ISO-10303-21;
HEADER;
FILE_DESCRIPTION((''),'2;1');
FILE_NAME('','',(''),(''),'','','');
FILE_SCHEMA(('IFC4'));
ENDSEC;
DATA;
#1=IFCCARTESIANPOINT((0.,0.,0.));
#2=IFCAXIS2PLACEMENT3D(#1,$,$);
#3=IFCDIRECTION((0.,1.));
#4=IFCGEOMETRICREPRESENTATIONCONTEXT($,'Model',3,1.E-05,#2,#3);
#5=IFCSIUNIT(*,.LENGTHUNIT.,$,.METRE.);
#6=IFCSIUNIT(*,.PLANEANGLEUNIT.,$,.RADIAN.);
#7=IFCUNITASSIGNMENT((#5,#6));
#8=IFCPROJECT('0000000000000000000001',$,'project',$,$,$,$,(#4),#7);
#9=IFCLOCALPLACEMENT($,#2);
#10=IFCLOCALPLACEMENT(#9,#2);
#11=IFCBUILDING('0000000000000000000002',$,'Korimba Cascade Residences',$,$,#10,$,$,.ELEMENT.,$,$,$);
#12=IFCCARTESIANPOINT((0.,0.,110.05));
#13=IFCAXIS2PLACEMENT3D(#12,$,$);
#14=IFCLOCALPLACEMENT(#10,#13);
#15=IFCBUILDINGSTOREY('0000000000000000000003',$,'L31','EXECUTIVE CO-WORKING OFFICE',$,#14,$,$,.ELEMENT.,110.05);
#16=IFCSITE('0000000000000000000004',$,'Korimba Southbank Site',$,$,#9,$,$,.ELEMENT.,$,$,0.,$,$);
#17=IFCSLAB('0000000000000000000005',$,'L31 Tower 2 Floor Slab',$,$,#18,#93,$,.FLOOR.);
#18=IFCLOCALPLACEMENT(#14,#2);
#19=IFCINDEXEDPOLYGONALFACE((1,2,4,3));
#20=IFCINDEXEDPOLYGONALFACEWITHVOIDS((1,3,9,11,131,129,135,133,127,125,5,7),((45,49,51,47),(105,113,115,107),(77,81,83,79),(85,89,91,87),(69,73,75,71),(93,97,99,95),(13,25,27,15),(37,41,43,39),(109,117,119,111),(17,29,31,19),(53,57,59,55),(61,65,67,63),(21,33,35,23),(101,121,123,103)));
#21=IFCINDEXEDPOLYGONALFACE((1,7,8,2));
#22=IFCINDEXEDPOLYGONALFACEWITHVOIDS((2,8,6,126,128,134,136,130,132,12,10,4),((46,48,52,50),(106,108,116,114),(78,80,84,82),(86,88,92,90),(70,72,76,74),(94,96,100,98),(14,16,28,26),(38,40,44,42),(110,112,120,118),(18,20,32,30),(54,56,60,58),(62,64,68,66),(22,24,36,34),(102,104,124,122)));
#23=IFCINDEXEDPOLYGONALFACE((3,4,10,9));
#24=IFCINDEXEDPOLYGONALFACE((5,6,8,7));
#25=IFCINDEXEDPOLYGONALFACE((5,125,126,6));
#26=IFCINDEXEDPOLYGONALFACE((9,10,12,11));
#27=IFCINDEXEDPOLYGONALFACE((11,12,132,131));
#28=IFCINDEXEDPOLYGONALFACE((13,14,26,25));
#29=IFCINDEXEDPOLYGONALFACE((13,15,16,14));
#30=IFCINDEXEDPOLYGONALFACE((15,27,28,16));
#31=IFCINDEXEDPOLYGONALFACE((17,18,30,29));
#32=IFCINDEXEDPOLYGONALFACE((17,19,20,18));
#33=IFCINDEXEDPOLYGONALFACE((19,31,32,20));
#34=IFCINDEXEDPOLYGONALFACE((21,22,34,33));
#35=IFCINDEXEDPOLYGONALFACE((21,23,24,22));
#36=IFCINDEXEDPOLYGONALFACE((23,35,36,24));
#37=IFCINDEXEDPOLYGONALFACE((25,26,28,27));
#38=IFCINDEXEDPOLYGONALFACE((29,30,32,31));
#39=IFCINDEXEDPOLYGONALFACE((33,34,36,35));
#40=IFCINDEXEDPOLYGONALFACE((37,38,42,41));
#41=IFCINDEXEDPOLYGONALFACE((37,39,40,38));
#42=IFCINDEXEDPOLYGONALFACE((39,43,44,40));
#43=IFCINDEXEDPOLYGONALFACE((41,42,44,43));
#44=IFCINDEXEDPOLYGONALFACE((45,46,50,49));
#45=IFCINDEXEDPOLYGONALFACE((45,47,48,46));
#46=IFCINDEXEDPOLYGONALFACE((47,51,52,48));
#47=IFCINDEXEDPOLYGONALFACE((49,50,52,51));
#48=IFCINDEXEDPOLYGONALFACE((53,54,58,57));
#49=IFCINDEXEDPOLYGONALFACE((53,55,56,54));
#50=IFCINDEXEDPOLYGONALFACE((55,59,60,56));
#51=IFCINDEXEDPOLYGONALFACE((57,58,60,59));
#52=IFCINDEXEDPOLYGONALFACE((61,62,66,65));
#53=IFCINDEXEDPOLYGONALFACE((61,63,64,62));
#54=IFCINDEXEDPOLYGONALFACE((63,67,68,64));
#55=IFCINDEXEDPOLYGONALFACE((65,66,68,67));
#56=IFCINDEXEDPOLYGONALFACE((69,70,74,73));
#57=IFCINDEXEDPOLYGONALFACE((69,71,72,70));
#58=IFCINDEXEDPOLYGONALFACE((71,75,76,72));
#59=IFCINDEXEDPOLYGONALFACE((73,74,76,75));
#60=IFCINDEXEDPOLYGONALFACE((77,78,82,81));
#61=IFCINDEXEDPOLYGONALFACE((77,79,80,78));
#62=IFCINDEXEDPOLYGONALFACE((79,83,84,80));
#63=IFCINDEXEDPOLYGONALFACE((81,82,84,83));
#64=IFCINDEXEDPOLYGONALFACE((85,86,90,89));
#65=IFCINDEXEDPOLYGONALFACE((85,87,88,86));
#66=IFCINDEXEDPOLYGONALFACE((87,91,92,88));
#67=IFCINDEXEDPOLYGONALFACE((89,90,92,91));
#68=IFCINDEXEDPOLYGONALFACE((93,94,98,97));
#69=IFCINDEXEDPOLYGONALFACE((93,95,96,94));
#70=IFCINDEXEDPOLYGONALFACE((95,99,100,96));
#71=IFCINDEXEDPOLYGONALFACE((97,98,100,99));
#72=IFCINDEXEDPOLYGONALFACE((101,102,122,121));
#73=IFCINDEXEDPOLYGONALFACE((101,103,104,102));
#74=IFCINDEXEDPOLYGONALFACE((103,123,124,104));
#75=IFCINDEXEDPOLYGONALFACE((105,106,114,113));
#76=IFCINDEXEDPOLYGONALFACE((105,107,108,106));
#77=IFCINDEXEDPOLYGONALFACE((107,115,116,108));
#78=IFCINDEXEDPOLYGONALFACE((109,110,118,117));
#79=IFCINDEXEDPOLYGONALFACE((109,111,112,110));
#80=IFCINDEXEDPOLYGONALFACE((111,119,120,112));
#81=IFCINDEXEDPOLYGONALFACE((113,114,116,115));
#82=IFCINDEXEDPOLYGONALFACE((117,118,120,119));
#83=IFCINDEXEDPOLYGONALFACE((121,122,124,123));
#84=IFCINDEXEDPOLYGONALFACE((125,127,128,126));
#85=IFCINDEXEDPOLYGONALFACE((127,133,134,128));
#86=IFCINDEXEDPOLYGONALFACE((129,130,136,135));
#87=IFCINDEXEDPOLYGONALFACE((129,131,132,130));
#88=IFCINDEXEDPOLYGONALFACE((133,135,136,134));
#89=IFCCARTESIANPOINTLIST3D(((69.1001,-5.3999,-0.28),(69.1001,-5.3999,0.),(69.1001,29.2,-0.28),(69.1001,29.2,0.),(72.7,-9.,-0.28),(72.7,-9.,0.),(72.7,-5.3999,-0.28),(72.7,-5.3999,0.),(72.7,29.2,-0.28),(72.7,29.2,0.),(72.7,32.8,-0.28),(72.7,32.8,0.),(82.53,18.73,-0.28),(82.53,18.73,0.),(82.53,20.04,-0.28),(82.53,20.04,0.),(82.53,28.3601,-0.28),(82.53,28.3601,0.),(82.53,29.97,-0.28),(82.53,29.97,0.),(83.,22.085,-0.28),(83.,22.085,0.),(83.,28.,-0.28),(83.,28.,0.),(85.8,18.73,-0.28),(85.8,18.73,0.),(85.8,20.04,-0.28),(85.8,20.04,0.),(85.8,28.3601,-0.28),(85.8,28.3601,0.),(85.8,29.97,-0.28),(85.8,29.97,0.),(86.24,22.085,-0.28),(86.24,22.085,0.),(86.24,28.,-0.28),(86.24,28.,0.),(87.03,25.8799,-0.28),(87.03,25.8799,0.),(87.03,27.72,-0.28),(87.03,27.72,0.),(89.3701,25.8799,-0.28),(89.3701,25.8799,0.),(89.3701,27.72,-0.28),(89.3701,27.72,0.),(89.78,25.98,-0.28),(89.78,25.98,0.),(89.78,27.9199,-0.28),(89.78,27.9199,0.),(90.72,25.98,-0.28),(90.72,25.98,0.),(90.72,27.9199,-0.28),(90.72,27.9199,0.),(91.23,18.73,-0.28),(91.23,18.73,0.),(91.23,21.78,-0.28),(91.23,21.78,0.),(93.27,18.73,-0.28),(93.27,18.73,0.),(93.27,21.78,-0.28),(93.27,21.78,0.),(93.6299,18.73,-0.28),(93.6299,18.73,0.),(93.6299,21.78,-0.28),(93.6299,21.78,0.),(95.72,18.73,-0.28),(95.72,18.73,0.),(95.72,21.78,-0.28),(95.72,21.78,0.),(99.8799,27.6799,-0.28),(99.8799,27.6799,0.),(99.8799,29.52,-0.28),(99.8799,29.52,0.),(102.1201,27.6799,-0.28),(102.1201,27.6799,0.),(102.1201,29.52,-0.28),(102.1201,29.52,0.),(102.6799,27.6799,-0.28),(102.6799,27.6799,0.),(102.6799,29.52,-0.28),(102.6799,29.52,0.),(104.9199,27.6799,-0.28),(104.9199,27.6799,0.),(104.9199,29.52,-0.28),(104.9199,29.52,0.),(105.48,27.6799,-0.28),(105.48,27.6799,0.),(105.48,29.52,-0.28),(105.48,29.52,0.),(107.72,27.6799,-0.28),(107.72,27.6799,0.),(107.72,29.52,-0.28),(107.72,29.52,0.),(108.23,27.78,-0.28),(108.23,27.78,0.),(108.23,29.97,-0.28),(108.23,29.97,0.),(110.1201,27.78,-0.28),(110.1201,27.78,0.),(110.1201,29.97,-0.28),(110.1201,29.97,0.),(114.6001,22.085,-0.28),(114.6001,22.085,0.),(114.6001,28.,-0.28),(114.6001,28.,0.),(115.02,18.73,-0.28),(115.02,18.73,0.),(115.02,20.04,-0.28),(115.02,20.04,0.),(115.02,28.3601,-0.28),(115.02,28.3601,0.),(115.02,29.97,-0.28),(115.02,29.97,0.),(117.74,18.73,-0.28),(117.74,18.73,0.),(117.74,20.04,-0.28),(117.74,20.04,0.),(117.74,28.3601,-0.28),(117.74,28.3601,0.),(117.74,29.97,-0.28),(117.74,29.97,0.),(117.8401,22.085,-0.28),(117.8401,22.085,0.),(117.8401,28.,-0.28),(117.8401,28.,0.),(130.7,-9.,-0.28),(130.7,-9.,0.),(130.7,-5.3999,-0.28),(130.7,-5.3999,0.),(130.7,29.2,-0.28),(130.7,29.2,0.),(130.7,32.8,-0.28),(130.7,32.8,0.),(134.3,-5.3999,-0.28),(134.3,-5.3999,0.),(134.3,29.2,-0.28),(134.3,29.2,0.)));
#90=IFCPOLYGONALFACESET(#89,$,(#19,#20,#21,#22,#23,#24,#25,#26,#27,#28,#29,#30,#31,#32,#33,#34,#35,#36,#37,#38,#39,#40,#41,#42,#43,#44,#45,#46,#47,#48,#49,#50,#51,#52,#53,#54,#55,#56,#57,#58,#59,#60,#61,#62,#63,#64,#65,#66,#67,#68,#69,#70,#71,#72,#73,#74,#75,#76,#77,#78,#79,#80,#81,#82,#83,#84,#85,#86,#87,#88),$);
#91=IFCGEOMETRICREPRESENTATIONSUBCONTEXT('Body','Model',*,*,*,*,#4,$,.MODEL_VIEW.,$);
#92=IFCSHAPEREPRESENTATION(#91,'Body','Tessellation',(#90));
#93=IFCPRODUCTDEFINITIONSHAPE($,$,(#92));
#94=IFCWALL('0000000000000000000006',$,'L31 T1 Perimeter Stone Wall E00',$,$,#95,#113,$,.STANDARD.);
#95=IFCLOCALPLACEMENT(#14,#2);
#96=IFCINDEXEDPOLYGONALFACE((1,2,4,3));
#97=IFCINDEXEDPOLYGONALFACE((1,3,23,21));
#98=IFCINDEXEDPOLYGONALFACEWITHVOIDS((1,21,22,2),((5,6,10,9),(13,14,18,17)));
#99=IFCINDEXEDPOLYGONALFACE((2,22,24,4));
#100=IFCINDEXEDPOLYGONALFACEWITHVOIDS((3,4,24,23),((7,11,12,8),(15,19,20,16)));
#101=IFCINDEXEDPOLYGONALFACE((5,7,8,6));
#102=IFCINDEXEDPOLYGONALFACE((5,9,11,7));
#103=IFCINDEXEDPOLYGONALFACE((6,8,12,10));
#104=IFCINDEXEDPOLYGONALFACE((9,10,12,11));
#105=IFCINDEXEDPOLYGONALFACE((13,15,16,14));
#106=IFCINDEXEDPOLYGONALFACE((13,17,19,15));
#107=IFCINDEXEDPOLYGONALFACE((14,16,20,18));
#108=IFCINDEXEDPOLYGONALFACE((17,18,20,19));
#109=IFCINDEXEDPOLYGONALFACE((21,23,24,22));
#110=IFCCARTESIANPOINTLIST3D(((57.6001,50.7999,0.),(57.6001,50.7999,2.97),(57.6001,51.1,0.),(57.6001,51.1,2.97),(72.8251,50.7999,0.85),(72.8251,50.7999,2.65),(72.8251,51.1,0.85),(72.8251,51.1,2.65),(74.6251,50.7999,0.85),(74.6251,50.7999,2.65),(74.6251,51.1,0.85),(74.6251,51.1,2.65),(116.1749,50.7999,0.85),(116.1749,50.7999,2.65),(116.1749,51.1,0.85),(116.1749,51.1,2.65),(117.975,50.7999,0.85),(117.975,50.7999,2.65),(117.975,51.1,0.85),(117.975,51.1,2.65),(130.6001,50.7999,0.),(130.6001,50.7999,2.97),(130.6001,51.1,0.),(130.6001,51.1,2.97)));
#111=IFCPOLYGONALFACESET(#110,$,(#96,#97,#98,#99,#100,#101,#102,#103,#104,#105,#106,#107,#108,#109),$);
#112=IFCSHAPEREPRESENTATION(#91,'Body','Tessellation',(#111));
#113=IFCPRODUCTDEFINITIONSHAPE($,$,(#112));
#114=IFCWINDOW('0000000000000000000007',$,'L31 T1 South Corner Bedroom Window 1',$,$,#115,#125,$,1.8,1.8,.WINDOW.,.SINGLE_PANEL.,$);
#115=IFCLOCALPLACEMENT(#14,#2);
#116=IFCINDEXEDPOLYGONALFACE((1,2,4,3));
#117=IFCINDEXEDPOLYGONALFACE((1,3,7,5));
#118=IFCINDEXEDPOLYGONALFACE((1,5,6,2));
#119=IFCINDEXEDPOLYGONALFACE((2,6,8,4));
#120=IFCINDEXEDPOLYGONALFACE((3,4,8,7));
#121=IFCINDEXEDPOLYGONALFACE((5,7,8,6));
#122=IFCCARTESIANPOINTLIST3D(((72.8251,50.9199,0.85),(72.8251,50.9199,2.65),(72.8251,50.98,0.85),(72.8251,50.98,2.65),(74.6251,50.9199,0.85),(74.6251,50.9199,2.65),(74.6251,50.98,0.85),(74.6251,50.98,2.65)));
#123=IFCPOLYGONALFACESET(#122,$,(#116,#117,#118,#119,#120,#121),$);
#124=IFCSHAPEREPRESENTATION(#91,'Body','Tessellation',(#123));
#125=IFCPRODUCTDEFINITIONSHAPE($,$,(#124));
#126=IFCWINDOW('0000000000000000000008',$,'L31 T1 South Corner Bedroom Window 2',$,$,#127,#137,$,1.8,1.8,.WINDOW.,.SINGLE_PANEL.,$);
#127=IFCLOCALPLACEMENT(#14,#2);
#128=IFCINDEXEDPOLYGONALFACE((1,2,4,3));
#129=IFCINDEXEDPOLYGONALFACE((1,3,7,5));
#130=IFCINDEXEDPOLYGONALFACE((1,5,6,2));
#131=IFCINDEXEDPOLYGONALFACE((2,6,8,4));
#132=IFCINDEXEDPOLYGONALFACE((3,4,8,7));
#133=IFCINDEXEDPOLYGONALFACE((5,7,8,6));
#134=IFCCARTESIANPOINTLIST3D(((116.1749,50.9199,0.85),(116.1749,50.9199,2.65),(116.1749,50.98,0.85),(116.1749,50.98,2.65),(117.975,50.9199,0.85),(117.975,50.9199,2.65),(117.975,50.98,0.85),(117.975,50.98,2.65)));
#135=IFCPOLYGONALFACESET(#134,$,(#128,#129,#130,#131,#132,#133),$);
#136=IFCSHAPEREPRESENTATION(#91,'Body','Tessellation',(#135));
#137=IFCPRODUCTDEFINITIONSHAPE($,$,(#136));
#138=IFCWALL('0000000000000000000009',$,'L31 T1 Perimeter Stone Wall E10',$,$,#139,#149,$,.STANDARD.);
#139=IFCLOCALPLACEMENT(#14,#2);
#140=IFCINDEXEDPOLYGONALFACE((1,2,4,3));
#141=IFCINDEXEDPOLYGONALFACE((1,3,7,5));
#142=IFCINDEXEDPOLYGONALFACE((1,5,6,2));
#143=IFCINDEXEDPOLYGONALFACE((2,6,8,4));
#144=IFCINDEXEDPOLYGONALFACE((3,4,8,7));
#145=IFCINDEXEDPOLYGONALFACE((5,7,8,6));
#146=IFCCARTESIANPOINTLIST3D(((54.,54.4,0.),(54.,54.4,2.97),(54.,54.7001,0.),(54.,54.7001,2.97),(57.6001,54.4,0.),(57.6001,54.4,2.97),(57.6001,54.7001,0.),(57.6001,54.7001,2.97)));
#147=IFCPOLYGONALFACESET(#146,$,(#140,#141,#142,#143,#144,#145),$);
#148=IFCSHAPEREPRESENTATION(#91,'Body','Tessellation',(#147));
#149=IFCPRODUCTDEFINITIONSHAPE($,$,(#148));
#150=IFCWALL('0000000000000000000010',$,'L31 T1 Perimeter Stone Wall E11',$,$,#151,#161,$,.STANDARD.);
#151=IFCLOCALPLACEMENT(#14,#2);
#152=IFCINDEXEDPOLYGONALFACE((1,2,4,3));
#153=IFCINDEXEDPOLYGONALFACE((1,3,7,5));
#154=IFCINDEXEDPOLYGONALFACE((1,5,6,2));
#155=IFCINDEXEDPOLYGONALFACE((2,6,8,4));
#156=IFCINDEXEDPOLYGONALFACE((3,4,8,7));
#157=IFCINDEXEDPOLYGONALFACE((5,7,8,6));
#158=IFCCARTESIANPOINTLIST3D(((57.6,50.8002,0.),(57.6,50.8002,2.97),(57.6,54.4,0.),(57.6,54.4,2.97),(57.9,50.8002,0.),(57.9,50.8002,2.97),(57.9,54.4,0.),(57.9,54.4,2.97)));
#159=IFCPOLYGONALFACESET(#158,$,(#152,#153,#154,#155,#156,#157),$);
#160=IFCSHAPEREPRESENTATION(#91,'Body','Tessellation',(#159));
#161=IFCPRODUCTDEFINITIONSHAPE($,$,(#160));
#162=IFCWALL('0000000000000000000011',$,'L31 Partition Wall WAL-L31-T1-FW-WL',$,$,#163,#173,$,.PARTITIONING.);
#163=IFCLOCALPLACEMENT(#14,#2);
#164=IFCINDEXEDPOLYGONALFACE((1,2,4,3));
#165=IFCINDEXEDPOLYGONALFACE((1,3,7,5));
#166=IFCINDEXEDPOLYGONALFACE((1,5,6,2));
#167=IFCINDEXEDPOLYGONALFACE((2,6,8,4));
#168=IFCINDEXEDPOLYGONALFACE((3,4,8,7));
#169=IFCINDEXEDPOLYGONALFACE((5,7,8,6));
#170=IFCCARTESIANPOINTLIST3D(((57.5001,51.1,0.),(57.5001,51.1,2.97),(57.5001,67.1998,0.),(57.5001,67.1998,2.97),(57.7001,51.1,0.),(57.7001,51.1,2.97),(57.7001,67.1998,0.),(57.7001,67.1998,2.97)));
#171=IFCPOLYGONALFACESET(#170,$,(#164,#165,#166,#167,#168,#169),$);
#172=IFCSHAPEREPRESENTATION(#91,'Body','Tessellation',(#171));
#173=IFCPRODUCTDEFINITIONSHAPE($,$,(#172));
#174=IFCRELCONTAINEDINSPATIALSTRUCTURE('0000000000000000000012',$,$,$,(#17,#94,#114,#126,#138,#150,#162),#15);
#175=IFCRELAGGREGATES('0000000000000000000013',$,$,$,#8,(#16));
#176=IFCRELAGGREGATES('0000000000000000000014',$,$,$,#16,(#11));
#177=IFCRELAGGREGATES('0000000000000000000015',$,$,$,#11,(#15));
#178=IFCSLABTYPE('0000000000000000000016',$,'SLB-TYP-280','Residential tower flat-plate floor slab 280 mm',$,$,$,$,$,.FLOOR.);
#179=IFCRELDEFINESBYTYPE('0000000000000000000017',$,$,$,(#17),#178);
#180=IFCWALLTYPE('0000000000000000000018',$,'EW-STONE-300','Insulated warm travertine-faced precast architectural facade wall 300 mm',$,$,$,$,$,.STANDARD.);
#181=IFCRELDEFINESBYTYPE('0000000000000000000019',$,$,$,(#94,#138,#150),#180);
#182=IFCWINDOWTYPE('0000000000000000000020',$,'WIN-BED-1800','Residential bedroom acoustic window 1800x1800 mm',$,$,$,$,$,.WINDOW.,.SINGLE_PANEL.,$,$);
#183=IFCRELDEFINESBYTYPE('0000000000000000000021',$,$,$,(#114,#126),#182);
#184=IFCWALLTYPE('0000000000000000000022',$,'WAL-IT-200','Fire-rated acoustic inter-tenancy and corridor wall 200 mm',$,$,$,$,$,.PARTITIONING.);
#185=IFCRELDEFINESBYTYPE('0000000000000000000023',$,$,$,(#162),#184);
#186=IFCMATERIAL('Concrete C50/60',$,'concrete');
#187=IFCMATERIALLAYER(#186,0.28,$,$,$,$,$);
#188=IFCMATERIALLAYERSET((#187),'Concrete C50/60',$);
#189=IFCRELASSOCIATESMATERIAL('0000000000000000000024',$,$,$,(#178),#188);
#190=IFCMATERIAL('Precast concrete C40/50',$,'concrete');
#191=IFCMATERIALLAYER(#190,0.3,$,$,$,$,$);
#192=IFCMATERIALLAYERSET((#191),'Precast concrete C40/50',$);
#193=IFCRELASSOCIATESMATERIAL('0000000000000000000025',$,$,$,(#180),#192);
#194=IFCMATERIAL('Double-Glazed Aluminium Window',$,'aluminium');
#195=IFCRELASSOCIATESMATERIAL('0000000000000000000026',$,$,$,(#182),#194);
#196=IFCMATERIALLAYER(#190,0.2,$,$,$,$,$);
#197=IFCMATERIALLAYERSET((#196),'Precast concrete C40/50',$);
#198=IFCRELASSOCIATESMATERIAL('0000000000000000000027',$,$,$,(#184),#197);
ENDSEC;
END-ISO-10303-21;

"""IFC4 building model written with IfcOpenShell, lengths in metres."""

from ifc_helpers import new_model, si_unit, direction, frame, frame_2d, origin, place, context, subcontext, project, spatial, polyline, rectangle, outline, extrude, material, layer, layer_set, type_object, element, fill, save


model = new_model("IFC4")

# Units and contexts
model_context = context("Model", 3, precision=1e-05, world=origin(), true_north=direction((0.0, 1.0)))
body_context = subcontext(model_context, "Body", "Model", "MODEL_VIEW")
ifc_project = project(units=[si_unit("LENGTHUNIT", "METRE"), si_unit("PLANEANGLEUNIT", "RADIAN")], contexts=[model_context])

# Site, building, storey
site_placement = place(None, origin())
site = spatial("IfcSite", under=ifc_project, at=site_placement, Name="Korimba Southbank Site", CompositionType="ELEMENT", RefElevation=0.0)
building_placement = place(site_placement, origin())
building = spatial("IfcBuilding", under=site, at=building_placement, Name="Korimba Cascade Residences", CompositionType="ELEMENT")
storey_placement = place(building_placement, frame((0.0, 0.0, 110.05)))
storey = spatial("IfcBuildingStorey", under=building, at=storey_placement, Name="L31", Description="EXECUTIVE CO-WORKING OFFICE", CompositionType="ELEMENT", Elevation=110.05)

# Shared definitions
ifc_material_1 = material(Name="Concrete C50/60", Category="concrete")

# Slab
ifc_material_2 = material(Name="Precast concrete C40/50", Category="concrete")
ifc_layer_1 = layer(ifc_material_1, 0.28)
ifc_layer_set_1 = layer_set([ifc_layer_1], Name="Concrete C50/60")
slab_type_1 = type_object("IfcSlabType", Name="SLB-TYP-280", Description="Residential tower flat-plate floor slab 280 mm", PredefinedType="FLOOR", material=ifc_layer_set_1)
slab_1_placement = place(storey_placement, frame((0.0, 0.0, -0.28)))
element("IfcSlab", 1, at=slab_1_placement, inside=storey, type_object=slab_type_1, Name="L31 Tower 2 Floor Slab", PredefinedType="FLOOR", context=body_context, shape_type="SweptSolid", body=[
    extrude(outline(polyline([(72.7, -9.0), (130.7, -9.0), (130.7, -5.3999), (134.3, -5.3999), (134.3, 29.2), (130.7, 29.2), (130.7, 32.8), (72.7, 32.8), (72.7, 29.2), (69.1001, 29.2), (69.1001, -5.3999), (72.7, -5.3999), (72.7, -9.0)]), holes=[polyline([(86.24, 22.085), (86.24, 28.0), (83.0, 28.0), (83.0, 22.085), (86.24, 22.085)]), polyline([(117.8401, 22.085), (117.8401, 28.0), (114.6001, 28.0), (114.6001, 22.085), (117.8401, 22.085)]), polyline([(87.03, 25.8799), (89.3701, 25.8799), (89.3701, 27.72), (87.03, 27.72), (87.03, 25.8799)]), polyline([(99.8799, 27.6799), (102.1201, 27.6799), (102.1201, 29.52), (99.8799, 29.52), (99.8799, 27.6799)]), polyline([(102.6799, 27.6799), (104.9199, 27.6799), (104.9199, 29.52), (102.6799, 29.52), (102.6799, 27.6799)]), polyline([(105.48, 27.6799), (107.72, 27.6799), (107.72, 29.52), (105.48, 29.52), (105.48, 27.6799)]), polyline([(89.78, 25.98), (90.72, 25.98), (90.72, 27.9199), (89.78, 27.9199), (89.78, 25.98)]), polyline([(82.53, 18.73), (85.8, 18.73), (85.8, 20.04), (82.53, 20.04), (82.53, 18.73)]), polyline([(82.53, 28.3601), (85.8, 28.3601), (85.8, 29.97), (82.53, 29.97), (82.53, 28.3601)]), polyline([(108.23, 27.78), (110.1201, 27.78), (110.1201, 29.97), (108.23, 29.97), (108.23, 27.78)]), polyline([(91.23, 18.73), (93.27, 18.73), (93.27, 21.78), (91.23, 21.78), (91.23, 18.73)]), polyline([(93.6299, 18.73), (95.72, 18.73), (95.72, 21.78), (93.6299, 21.78), (93.6299, 18.73)]), polyline([(115.02, 18.73), (117.74, 18.73), (117.74, 20.04), (115.02, 20.04), (115.02, 18.73)]), polyline([(115.02, 28.3601), (117.74, 28.3601), (117.74, 29.97), (115.02, 29.97), (115.02, 28.3601)])]), origin(), (0.0, 0.0, 1.0), 0.28),
])

# Wall, openings, windows
ifc_layer_2 = layer(ifc_material_2, 0.3)
ifc_layer_set_2 = layer_set([ifc_layer_2], Name="Precast concrete C40/50")
wall_type_1 = type_object("IfcWallType", Name="EW-STONE-300", Description="Insulated warm travertine-faced precast architectural facade wall 300 mm", PredefinedType="STANDARD", material=ifc_layer_set_2)
wall_1_placement = place(storey_placement, frame((57.6001, 50.95, 0.0), z_axis=(0.0, 0.0, 1.0), x_axis=(1.0, 0.0, 0.0)))
wall_1 = element("IfcWall", 2, at=wall_1_placement, inside=storey, type_object=wall_type_1, Name="L31 T1 Perimeter Stone Wall E00", PredefinedType="STANDARD", context=body_context, shape_type="SweptSolid", body=[
    extrude(rectangle(XDim=73.0, YDim=0.3, at=frame_2d((36.5, 0.0))), origin(), (0.0, 0.0, 1.0), 2.97),
])
opening_1_placement = place(wall_1_placement, frame((15.2251, 0.0, 0.8501)))
opening_1 = element("IfcOpeningElement", 3, at=opening_1_placement, cuts=wall_1, PredefinedType="OPENING", context=body_context, shape_type="SweptSolid", body=[
    extrude(rectangle(XDim=1.8, YDim=1.8, at=frame_2d((0.8999, 0.8999))), frame((0.0, 0.1602, 0.0), z_axis=(0.0, -1.0, 0.0), x_axis=(1.0, 0.0, 0.0)), (0.0, 0.0, 1.0), 0.3201),
])
opening_2_placement = place(wall_1_placement, frame((58.575, 0.0, 0.8501)))
opening_2 = element("IfcOpeningElement", 4, at=opening_2_placement, cuts=wall_1, PredefinedType="OPENING", context=body_context, shape_type="SweptSolid", body=[
    extrude(rectangle(XDim=1.8, YDim=1.8, at=frame_2d((0.8999, 0.8999))), frame((0.0, 0.1602, 0.0), z_axis=(0.0, -1.0, 0.0), x_axis=(1.0, 0.0, 0.0)), (0.0, 0.0, 1.0), 0.3201),
])
ifc_material_3 = material(Name="Double-Glazed Aluminium Window", Category="aluminium")
window_type = type_object("IfcWindowType", Name="WIN-BED-1800", Description="Residential bedroom acoustic window 1800x1800 mm", PartitioningType="SINGLE_PANEL", PredefinedType="WINDOW", material=ifc_material_3)
window_1_placement = place(opening_1_placement, origin())
window_1 = element("IfcWindow", 5, at=window_1_placement, inside=storey, type_object=window_type, Name="L31 T1 South Corner Bedroom Window 1", OverallHeight=1.8, OverallWidth=1.8, PartitioningType="SINGLE_PANEL", PredefinedType="WINDOW", context=body_context, shape_type="SweptSolid", body=[
    extrude(rectangle(XDim=1.8, YDim=1.8, at=frame_2d((0.8999, 0.8999))), frame((0.0, 0.03, 0.0), z_axis=(0.0, -1.0, 0.0), x_axis=(1.0, 0.0, 0.0)), (0.0, 0.0, 1.0), 0.0601),
])
fill(opening_1, window_1)
window_2_placement = place(opening_2_placement, origin())
window_2 = element("IfcWindow", 6, at=window_2_placement, inside=storey, type_object=window_type, Name="L31 T1 South Corner Bedroom Window 2", OverallHeight=1.8, OverallWidth=1.8, PartitioningType="SINGLE_PANEL", PredefinedType="WINDOW", context=body_context, shape_type="SweptSolid", body=[
    extrude(rectangle(XDim=1.8, YDim=1.8, at=frame_2d((0.8999, 0.8999))), frame((0.0, 0.03, 0.0), z_axis=(0.0, -1.0, 0.0), x_axis=(1.0, 0.0, 0.0)), (0.0, 0.0, 1.0), 0.0601),
])
fill(opening_2, window_2)

# Walls
wall_2_placement = place(storey_placement, frame((54.0, 54.55, 0.0), z_axis=(0.0, 0.0, 1.0), x_axis=(1.0, 0.0, 0.0)))
element("IfcWall", 7, at=wall_2_placement, inside=storey, type_object=wall_type_1, Name="L31 T1 Perimeter Stone Wall E10", PredefinedType="STANDARD", context=body_context, shape_type="SweptSolid", body=[
    extrude(rectangle(XDim=3.6001, YDim=0.3, at=frame_2d((1.8, 0.0))), origin(), (0.0, 0.0, 1.0), 2.97),
])
wall_3_placement = place(storey_placement, frame((57.75, 54.3999, 0.0), z_axis=(0.0, 0.0, 1.0), x_axis=(0.0, -1.0, 0.0)))
element("IfcWall", 8, at=wall_3_placement, inside=storey, type_object=wall_type_1, Name="L31 T1 Perimeter Stone Wall E11", PredefinedType="STANDARD", context=body_context, shape_type="SweptSolid", body=[
    extrude(rectangle(XDim=3.5999, YDim=0.3, at=frame_2d((1.7998, 0.0))), origin(), (0.0, 0.0, 1.0), 2.97),
])
ifc_layer_3 = layer(ifc_material_2, 0.2)
ifc_layer_set_3 = layer_set([ifc_layer_3], Name="Precast concrete C40/50")
wall_type_2 = type_object("IfcWallType", Name="WAL-IT-200", Description="Fire-rated acoustic inter-tenancy and corridor wall 200 mm", PredefinedType="PARTITIONING", material=ifc_layer_set_3)
wall_4_placement = place(storey_placement, frame((57.6001, 51.1001, 0.0), z_axis=(0.0, 0.0, 1.0), x_axis=(0.0, 1.0, 0.0)))
element("IfcWall", 9, at=wall_4_placement, inside=storey, type_object=wall_type_2, Name="L31 Partition Wall WAL-L31-T1-FW-WL", PredefinedType="PARTITIONING", context=body_context, shape_type="SweptSolid", body=[
    extrude(rectangle(XDim=16.0999, YDim=0.2, at=frame_2d((8.0498, 0.0))), origin(), (0.0, 0.0, 1.0), 2.97),
])

save(model, "model.ifc")
